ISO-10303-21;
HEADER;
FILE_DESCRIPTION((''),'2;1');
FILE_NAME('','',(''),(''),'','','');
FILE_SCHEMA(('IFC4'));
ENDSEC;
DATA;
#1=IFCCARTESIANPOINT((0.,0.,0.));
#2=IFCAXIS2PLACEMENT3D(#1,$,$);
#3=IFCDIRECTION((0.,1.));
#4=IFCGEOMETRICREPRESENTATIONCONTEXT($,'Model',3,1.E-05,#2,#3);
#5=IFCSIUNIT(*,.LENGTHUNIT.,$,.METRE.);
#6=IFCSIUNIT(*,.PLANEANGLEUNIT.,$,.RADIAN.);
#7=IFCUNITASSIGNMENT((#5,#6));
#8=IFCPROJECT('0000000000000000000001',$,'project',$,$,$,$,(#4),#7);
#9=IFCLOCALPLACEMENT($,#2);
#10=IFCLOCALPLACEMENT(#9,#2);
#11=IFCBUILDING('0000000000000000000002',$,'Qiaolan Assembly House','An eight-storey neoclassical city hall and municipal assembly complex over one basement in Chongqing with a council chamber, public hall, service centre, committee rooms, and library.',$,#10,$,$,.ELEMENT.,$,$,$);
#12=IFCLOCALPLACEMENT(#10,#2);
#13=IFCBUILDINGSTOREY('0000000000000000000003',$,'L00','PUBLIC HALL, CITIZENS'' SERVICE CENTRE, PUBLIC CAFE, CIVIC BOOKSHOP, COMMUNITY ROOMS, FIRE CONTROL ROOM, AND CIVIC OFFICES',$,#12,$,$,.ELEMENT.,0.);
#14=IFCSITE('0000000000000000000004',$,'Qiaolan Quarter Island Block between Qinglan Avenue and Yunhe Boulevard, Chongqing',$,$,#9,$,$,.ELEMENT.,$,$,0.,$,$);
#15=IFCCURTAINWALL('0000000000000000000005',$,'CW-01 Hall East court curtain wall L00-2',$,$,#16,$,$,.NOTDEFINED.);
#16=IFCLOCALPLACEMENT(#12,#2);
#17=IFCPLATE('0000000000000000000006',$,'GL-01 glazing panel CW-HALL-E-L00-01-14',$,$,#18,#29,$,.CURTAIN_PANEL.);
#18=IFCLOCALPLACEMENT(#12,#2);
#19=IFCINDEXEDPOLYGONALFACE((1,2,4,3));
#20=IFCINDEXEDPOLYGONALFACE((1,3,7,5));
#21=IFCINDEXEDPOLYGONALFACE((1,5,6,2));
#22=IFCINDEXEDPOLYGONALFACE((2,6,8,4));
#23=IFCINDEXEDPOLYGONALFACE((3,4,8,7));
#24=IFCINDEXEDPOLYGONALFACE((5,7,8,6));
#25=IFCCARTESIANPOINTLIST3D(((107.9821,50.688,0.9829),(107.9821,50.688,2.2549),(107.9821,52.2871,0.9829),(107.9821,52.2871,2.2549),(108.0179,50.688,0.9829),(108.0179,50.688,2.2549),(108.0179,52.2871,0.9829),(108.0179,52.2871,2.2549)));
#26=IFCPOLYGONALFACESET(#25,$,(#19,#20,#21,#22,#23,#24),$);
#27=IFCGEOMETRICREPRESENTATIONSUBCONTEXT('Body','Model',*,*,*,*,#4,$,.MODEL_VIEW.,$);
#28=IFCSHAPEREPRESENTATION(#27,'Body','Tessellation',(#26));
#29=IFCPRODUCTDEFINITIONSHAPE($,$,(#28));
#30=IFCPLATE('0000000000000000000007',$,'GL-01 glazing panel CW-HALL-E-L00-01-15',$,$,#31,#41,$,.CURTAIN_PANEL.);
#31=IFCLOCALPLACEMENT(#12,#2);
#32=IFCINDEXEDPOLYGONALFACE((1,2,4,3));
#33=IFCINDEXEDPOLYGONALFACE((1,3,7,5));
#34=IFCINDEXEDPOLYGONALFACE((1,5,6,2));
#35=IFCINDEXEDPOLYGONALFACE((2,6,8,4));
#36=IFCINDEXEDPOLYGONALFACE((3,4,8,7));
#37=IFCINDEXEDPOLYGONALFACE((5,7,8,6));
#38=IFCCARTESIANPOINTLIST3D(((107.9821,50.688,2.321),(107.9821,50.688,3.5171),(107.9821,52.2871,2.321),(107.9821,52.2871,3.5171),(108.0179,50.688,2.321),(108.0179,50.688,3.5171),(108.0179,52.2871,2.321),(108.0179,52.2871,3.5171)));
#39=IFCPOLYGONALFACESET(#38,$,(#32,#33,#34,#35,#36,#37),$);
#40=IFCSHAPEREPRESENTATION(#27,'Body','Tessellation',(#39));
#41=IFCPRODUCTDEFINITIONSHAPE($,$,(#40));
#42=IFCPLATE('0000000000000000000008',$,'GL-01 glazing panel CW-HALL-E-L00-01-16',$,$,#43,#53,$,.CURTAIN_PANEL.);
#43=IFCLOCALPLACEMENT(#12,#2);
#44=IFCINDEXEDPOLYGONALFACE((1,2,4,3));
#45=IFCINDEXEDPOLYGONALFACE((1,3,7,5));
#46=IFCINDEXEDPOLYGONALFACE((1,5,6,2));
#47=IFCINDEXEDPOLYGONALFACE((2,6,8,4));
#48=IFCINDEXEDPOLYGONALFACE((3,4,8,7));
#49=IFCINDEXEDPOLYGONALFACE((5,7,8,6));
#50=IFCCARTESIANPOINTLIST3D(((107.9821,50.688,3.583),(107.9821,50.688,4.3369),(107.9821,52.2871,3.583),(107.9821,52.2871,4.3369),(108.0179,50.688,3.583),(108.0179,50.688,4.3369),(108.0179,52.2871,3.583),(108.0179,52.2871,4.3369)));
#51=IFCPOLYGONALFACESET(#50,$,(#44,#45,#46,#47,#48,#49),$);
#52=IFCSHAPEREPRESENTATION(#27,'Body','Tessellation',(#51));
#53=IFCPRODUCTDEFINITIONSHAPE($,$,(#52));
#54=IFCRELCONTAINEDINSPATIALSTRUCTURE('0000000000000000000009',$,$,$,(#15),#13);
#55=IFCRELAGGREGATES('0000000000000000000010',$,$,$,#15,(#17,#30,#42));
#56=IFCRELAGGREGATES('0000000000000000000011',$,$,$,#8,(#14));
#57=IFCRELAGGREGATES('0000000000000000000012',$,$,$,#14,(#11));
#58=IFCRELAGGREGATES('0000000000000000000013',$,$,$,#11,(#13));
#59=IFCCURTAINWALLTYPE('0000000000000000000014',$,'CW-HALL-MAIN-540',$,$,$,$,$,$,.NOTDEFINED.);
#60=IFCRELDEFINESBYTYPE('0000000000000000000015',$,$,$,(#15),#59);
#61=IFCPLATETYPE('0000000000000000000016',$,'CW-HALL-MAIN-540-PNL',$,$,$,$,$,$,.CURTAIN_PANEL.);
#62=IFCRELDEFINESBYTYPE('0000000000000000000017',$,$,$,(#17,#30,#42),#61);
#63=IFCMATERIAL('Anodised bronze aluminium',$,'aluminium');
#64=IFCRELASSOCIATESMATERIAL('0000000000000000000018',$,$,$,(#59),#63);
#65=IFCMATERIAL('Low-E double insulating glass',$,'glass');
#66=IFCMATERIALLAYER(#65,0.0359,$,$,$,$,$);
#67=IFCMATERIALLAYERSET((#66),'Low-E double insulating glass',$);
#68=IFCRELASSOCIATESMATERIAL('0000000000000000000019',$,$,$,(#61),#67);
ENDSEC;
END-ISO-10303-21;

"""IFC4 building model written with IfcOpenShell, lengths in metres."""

from ifc_helpers import new_model, si_unit, direction, frame, frame_2d, origin, place, context, subcontext, project, spatial, rectangle, extrude, material, layer, layer_set, type_object, element, aggregate, save


model = new_model("IFC4")

# Units and contexts
model_context = context("Model", 3, precision=1e-05, world=origin(), true_north=direction((0.0, 1.0)))
body_context = subcontext(model_context, "Body", "Model", "MODEL_VIEW")
ifc_project = project(units=[si_unit("LENGTHUNIT", "METRE"), si_unit("PLANEANGLEUNIT", "RADIAN")], contexts=[model_context])

# Site, building, storey
site_placement = place(None, origin())
site = spatial("IfcSite", under=ifc_project, at=site_placement, Name="Qiaolan Quarter Island Block between Qinglan Avenue and Yunhe Boulevard, Chongqing", CompositionType="ELEMENT", RefElevation=0.0)
building_placement = place(site_placement, origin())
building = spatial("IfcBuilding", under=site, at=building_placement, Name="Qiaolan Assembly House", Description="An eight-storey neoclassical city hall and municipal assembly complex over one basement in Chongqing with a council chamber, public hall, service centre, committee rooms, and library.", CompositionType="ELEMENT")
storey_placement = place(building_placement, origin())
storey = spatial("IfcBuildingStorey", under=building, at=storey_placement, Name="L00", Description="PUBLIC HALL, CITIZENS' SERVICE CENTRE, PUBLIC CAFE, CIVIC BOOKSHOP, COMMUNITY ROOMS, FIRE CONTROL ROOM, AND CIVIC OFFICES", CompositionType="ELEMENT", Elevation=0.0)

# Curtain wall
ifc_material_1 = material(Name="Anodised bronze aluminium", Category="aluminium")
curtain_wall_type = type_object("IfcCurtainWallType", Name="CW-HALL-MAIN-540", PredefinedType="NOTDEFINED", material=ifc_material_1)
curtain_wall_1_placement = place(storey_placement, origin())
curtain_wall_1 = element("IfcCurtainWall", 1, at=curtain_wall_1_placement, inside=storey, type_object=curtain_wall_type, Name="CW-01 Hall East court curtain wall L00-2", PredefinedType="NOTDEFINED")

# Plates
ifc_material_2 = material(Name="Low-E double insulating glass", Category="glass")
ifc_layer = layer(ifc_material_2, 0.0359)
ifc_layer_set = layer_set([ifc_layer], Name="Low-E double insulating glass")
plate_type = type_object("IfcPlateType", Name="CW-HALL-MAIN-540-PNL", PredefinedType="CURTAIN_PANEL", material=ifc_layer_set)
plate_1_placement = place(storey_placement, frame((108.0, 52.2871, 0.9829), z_axis=(0.0, 0.0, 1.0), x_axis=(0.0, -1.0, 0.0)))
plate_1 = element("IfcPlate", 2, at=plate_1_placement, type_object=plate_type, Name="GL-01 glazing panel CW-HALL-E-L00-01-14", PredefinedType="CURTAIN_PANEL", context=body_context, shape_type="SweptSolid", body=[
    extrude(rectangle(XDim=1.5991, YDim=0.0359, at=frame_2d((0.7996, 0.0))), origin(), (0.0, 0.0, 1.0), 1.272),
])
plate_2_placement = place(storey_placement, frame((108.0, 52.2871, 2.321), z_axis=(0.0, 0.0, 1.0), x_axis=(0.0, -1.0, 0.0)))
plate_2 = element("IfcPlate", 3, at=plate_2_placement, type_object=plate_type, Name="GL-01 glazing panel CW-HALL-E-L00-01-15", PredefinedType="CURTAIN_PANEL", context=body_context, shape_type="SweptSolid", body=[
    extrude(rectangle(XDim=1.5991, YDim=0.0359, at=frame_2d((0.7996, 0.0))), origin(), (0.0, 0.0, 1.0), 1.196),
])
plate_3_placement = place(storey_placement, frame((108.0, 52.2871, 3.583), z_axis=(0.0, 0.0, 1.0), x_axis=(0.0, -1.0, 0.0)))
plate_3 = element("IfcPlate", 4, at=plate_3_placement, type_object=plate_type, Name="GL-01 glazing panel CW-HALL-E-L00-01-16", PredefinedType="CURTAIN_PANEL", context=body_context, shape_type="SweptSolid", body=[
    extrude(rectangle(XDim=1.5991, YDim=0.0359, at=frame_2d((0.7996, 0.0))), origin(), (0.0, 0.0, 1.0), 0.7539),
])
aggregate(curtain_wall_1, [plate_1, plate_2, plate_3])

save(model, "model.ifc")
